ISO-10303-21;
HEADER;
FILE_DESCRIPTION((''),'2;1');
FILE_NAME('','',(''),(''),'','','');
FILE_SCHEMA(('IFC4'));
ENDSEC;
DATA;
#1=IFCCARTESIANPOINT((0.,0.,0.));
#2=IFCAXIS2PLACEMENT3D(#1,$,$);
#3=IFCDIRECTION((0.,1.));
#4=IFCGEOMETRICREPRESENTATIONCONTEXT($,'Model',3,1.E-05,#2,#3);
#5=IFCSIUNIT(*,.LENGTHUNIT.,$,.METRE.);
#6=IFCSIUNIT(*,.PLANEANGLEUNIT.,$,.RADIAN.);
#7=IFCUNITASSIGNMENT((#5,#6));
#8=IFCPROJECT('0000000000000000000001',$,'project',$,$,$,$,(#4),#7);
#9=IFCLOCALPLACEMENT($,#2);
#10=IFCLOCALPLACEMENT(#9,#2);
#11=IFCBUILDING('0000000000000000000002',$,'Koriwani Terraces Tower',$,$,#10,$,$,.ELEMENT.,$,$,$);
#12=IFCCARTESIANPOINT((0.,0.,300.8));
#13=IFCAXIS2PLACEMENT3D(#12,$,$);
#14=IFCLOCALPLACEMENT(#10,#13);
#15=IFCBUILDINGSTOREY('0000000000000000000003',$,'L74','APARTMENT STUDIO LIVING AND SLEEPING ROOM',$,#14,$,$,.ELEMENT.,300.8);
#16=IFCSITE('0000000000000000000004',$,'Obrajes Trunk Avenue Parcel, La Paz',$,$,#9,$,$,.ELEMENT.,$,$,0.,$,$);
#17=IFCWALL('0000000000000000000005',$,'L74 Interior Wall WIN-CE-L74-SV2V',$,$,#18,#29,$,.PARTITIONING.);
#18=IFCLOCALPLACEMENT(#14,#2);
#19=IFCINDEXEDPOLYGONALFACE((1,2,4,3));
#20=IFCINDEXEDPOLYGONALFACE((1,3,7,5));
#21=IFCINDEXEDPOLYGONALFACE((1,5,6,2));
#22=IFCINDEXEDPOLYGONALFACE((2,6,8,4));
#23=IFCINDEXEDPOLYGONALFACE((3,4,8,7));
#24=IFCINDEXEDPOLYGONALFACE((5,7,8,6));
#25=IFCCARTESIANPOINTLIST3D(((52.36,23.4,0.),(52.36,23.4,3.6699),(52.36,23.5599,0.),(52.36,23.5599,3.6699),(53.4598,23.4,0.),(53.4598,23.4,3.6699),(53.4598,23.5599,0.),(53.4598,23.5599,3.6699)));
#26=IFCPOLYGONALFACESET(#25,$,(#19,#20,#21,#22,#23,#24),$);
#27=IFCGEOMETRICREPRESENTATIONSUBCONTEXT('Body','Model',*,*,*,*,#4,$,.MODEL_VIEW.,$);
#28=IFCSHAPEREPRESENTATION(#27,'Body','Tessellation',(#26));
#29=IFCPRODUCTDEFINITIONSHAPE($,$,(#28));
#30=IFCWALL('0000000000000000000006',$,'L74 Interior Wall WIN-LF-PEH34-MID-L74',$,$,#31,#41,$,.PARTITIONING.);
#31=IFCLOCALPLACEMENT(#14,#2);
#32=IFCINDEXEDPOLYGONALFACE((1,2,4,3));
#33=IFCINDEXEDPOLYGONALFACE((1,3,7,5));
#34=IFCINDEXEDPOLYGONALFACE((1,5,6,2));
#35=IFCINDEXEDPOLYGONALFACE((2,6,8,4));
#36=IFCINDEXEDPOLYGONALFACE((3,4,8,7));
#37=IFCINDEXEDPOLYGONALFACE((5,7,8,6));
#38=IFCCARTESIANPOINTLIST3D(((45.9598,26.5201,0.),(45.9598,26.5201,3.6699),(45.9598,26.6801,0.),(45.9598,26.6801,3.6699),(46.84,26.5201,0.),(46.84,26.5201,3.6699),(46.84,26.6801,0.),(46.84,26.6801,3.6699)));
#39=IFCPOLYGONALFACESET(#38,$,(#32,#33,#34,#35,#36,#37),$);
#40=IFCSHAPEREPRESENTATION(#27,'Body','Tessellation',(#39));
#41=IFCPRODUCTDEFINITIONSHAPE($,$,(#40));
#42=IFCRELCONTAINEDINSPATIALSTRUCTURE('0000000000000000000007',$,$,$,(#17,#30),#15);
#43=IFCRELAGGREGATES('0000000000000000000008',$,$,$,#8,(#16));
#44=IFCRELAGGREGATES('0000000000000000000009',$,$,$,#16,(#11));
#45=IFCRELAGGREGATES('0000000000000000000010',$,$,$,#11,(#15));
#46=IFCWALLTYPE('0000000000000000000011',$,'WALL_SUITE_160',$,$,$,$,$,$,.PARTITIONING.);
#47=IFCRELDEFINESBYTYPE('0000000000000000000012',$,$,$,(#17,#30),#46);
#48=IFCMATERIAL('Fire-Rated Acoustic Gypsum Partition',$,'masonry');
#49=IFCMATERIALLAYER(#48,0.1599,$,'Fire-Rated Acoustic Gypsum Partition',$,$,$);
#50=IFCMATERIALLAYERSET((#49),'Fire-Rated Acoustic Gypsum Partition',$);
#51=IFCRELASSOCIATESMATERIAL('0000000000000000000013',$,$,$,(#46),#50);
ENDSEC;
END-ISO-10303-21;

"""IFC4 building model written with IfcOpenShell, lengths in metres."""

from ifc_helpers import new_model, si_unit, direction, frame, frame_2d, origin, place, context, subcontext, project, spatial, rectangle, extrude, material, layer, layer_set, type_object, element, save


model = new_model("IFC4")

# Units and contexts
model_context = context("Model", 3, precision=1e-05, world=origin(), true_north=direction((0.0, 1.0)))
body_context = subcontext(model_context, "Body", "Model", "MODEL_VIEW")
ifc_project = project(units=[si_unit("LENGTHUNIT", "METRE"), si_unit("PLANEANGLEUNIT", "RADIAN")], contexts=[model_context])

# Site, building, storey
site_placement = place(None, origin())
site = spatial("IfcSite", under=ifc_project, at=site_placement, Name="Obrajes Trunk Avenue Parcel, La Paz", CompositionType="ELEMENT", RefElevation=0.0)
building_placement = place(site_placement, origin())
building = spatial("IfcBuilding", under=site, at=building_placement, Name="Koriwani Terraces Tower", CompositionType="ELEMENT")
storey_placement = place(building_placement, frame((0.0, 0.0, 300.8)))
storey = spatial("IfcBuildingStorey", under=building, at=storey_placement, Name="L74", Description="APARTMENT STUDIO LIVING AND SLEEPING ROOM", CompositionType="ELEMENT", Elevation=300.8)

# Walls
ifc_material_1 = material(Name="Fire-Rated Acoustic Gypsum Partition", Category="masonry")
ifc_layer_1 = layer(ifc_material_1, 0.1599, Name="Fire-Rated Acoustic Gypsum Partition")
ifc_layer_set_1 = layer_set([ifc_layer_1], Name="Fire-Rated Acoustic Gypsum Partition")
wall_type_1 = type_object("IfcWallType", Name="WALL_SUITE_160", PredefinedType="PARTITIONING", material=ifc_layer_set_1)
wall_1_placement = place(storey_placement, frame((52.3601, 23.48, 0.0), z_axis=(0.0, 0.0, 1.0), x_axis=(1.0, 0.0, 0.0)))
element("IfcWall", 1, at=wall_1_placement, inside=storey, type_object=wall_type_1, Name="L74 Interior Wall WIN-CE-L74-SV2V", PredefinedType="PARTITIONING", context=body_context, shape_type="SweptSolid", body=[
    extrude(rectangle(XDim=1.0999, YDim=0.1599, at=frame_2d((0.5498, 0.0))), origin(), (0.0, 0.0, 1.0), 3.6699),
])
wall_2_placement = place(storey_placement, frame((45.96, 26.6001, 0.0), z_axis=(0.0, 0.0, 1.0), x_axis=(1.0, 0.0, 0.0)))
element("IfcWall", 2, at=wall_2_placement, inside=storey, type_object=wall_type_1, Name="L74 Interior Wall WIN-LF-PEH34-MID-L74", PredefinedType="PARTITIONING", context=body_context, shape_type="SweptSolid", body=[
    extrude(rectangle(XDim=0.8801, YDim=0.1599, at=frame_2d((0.4399, 0.0))), origin(), (0.0, 0.0, 1.0), 3.6699),
])

save(model, "model.ifc")
